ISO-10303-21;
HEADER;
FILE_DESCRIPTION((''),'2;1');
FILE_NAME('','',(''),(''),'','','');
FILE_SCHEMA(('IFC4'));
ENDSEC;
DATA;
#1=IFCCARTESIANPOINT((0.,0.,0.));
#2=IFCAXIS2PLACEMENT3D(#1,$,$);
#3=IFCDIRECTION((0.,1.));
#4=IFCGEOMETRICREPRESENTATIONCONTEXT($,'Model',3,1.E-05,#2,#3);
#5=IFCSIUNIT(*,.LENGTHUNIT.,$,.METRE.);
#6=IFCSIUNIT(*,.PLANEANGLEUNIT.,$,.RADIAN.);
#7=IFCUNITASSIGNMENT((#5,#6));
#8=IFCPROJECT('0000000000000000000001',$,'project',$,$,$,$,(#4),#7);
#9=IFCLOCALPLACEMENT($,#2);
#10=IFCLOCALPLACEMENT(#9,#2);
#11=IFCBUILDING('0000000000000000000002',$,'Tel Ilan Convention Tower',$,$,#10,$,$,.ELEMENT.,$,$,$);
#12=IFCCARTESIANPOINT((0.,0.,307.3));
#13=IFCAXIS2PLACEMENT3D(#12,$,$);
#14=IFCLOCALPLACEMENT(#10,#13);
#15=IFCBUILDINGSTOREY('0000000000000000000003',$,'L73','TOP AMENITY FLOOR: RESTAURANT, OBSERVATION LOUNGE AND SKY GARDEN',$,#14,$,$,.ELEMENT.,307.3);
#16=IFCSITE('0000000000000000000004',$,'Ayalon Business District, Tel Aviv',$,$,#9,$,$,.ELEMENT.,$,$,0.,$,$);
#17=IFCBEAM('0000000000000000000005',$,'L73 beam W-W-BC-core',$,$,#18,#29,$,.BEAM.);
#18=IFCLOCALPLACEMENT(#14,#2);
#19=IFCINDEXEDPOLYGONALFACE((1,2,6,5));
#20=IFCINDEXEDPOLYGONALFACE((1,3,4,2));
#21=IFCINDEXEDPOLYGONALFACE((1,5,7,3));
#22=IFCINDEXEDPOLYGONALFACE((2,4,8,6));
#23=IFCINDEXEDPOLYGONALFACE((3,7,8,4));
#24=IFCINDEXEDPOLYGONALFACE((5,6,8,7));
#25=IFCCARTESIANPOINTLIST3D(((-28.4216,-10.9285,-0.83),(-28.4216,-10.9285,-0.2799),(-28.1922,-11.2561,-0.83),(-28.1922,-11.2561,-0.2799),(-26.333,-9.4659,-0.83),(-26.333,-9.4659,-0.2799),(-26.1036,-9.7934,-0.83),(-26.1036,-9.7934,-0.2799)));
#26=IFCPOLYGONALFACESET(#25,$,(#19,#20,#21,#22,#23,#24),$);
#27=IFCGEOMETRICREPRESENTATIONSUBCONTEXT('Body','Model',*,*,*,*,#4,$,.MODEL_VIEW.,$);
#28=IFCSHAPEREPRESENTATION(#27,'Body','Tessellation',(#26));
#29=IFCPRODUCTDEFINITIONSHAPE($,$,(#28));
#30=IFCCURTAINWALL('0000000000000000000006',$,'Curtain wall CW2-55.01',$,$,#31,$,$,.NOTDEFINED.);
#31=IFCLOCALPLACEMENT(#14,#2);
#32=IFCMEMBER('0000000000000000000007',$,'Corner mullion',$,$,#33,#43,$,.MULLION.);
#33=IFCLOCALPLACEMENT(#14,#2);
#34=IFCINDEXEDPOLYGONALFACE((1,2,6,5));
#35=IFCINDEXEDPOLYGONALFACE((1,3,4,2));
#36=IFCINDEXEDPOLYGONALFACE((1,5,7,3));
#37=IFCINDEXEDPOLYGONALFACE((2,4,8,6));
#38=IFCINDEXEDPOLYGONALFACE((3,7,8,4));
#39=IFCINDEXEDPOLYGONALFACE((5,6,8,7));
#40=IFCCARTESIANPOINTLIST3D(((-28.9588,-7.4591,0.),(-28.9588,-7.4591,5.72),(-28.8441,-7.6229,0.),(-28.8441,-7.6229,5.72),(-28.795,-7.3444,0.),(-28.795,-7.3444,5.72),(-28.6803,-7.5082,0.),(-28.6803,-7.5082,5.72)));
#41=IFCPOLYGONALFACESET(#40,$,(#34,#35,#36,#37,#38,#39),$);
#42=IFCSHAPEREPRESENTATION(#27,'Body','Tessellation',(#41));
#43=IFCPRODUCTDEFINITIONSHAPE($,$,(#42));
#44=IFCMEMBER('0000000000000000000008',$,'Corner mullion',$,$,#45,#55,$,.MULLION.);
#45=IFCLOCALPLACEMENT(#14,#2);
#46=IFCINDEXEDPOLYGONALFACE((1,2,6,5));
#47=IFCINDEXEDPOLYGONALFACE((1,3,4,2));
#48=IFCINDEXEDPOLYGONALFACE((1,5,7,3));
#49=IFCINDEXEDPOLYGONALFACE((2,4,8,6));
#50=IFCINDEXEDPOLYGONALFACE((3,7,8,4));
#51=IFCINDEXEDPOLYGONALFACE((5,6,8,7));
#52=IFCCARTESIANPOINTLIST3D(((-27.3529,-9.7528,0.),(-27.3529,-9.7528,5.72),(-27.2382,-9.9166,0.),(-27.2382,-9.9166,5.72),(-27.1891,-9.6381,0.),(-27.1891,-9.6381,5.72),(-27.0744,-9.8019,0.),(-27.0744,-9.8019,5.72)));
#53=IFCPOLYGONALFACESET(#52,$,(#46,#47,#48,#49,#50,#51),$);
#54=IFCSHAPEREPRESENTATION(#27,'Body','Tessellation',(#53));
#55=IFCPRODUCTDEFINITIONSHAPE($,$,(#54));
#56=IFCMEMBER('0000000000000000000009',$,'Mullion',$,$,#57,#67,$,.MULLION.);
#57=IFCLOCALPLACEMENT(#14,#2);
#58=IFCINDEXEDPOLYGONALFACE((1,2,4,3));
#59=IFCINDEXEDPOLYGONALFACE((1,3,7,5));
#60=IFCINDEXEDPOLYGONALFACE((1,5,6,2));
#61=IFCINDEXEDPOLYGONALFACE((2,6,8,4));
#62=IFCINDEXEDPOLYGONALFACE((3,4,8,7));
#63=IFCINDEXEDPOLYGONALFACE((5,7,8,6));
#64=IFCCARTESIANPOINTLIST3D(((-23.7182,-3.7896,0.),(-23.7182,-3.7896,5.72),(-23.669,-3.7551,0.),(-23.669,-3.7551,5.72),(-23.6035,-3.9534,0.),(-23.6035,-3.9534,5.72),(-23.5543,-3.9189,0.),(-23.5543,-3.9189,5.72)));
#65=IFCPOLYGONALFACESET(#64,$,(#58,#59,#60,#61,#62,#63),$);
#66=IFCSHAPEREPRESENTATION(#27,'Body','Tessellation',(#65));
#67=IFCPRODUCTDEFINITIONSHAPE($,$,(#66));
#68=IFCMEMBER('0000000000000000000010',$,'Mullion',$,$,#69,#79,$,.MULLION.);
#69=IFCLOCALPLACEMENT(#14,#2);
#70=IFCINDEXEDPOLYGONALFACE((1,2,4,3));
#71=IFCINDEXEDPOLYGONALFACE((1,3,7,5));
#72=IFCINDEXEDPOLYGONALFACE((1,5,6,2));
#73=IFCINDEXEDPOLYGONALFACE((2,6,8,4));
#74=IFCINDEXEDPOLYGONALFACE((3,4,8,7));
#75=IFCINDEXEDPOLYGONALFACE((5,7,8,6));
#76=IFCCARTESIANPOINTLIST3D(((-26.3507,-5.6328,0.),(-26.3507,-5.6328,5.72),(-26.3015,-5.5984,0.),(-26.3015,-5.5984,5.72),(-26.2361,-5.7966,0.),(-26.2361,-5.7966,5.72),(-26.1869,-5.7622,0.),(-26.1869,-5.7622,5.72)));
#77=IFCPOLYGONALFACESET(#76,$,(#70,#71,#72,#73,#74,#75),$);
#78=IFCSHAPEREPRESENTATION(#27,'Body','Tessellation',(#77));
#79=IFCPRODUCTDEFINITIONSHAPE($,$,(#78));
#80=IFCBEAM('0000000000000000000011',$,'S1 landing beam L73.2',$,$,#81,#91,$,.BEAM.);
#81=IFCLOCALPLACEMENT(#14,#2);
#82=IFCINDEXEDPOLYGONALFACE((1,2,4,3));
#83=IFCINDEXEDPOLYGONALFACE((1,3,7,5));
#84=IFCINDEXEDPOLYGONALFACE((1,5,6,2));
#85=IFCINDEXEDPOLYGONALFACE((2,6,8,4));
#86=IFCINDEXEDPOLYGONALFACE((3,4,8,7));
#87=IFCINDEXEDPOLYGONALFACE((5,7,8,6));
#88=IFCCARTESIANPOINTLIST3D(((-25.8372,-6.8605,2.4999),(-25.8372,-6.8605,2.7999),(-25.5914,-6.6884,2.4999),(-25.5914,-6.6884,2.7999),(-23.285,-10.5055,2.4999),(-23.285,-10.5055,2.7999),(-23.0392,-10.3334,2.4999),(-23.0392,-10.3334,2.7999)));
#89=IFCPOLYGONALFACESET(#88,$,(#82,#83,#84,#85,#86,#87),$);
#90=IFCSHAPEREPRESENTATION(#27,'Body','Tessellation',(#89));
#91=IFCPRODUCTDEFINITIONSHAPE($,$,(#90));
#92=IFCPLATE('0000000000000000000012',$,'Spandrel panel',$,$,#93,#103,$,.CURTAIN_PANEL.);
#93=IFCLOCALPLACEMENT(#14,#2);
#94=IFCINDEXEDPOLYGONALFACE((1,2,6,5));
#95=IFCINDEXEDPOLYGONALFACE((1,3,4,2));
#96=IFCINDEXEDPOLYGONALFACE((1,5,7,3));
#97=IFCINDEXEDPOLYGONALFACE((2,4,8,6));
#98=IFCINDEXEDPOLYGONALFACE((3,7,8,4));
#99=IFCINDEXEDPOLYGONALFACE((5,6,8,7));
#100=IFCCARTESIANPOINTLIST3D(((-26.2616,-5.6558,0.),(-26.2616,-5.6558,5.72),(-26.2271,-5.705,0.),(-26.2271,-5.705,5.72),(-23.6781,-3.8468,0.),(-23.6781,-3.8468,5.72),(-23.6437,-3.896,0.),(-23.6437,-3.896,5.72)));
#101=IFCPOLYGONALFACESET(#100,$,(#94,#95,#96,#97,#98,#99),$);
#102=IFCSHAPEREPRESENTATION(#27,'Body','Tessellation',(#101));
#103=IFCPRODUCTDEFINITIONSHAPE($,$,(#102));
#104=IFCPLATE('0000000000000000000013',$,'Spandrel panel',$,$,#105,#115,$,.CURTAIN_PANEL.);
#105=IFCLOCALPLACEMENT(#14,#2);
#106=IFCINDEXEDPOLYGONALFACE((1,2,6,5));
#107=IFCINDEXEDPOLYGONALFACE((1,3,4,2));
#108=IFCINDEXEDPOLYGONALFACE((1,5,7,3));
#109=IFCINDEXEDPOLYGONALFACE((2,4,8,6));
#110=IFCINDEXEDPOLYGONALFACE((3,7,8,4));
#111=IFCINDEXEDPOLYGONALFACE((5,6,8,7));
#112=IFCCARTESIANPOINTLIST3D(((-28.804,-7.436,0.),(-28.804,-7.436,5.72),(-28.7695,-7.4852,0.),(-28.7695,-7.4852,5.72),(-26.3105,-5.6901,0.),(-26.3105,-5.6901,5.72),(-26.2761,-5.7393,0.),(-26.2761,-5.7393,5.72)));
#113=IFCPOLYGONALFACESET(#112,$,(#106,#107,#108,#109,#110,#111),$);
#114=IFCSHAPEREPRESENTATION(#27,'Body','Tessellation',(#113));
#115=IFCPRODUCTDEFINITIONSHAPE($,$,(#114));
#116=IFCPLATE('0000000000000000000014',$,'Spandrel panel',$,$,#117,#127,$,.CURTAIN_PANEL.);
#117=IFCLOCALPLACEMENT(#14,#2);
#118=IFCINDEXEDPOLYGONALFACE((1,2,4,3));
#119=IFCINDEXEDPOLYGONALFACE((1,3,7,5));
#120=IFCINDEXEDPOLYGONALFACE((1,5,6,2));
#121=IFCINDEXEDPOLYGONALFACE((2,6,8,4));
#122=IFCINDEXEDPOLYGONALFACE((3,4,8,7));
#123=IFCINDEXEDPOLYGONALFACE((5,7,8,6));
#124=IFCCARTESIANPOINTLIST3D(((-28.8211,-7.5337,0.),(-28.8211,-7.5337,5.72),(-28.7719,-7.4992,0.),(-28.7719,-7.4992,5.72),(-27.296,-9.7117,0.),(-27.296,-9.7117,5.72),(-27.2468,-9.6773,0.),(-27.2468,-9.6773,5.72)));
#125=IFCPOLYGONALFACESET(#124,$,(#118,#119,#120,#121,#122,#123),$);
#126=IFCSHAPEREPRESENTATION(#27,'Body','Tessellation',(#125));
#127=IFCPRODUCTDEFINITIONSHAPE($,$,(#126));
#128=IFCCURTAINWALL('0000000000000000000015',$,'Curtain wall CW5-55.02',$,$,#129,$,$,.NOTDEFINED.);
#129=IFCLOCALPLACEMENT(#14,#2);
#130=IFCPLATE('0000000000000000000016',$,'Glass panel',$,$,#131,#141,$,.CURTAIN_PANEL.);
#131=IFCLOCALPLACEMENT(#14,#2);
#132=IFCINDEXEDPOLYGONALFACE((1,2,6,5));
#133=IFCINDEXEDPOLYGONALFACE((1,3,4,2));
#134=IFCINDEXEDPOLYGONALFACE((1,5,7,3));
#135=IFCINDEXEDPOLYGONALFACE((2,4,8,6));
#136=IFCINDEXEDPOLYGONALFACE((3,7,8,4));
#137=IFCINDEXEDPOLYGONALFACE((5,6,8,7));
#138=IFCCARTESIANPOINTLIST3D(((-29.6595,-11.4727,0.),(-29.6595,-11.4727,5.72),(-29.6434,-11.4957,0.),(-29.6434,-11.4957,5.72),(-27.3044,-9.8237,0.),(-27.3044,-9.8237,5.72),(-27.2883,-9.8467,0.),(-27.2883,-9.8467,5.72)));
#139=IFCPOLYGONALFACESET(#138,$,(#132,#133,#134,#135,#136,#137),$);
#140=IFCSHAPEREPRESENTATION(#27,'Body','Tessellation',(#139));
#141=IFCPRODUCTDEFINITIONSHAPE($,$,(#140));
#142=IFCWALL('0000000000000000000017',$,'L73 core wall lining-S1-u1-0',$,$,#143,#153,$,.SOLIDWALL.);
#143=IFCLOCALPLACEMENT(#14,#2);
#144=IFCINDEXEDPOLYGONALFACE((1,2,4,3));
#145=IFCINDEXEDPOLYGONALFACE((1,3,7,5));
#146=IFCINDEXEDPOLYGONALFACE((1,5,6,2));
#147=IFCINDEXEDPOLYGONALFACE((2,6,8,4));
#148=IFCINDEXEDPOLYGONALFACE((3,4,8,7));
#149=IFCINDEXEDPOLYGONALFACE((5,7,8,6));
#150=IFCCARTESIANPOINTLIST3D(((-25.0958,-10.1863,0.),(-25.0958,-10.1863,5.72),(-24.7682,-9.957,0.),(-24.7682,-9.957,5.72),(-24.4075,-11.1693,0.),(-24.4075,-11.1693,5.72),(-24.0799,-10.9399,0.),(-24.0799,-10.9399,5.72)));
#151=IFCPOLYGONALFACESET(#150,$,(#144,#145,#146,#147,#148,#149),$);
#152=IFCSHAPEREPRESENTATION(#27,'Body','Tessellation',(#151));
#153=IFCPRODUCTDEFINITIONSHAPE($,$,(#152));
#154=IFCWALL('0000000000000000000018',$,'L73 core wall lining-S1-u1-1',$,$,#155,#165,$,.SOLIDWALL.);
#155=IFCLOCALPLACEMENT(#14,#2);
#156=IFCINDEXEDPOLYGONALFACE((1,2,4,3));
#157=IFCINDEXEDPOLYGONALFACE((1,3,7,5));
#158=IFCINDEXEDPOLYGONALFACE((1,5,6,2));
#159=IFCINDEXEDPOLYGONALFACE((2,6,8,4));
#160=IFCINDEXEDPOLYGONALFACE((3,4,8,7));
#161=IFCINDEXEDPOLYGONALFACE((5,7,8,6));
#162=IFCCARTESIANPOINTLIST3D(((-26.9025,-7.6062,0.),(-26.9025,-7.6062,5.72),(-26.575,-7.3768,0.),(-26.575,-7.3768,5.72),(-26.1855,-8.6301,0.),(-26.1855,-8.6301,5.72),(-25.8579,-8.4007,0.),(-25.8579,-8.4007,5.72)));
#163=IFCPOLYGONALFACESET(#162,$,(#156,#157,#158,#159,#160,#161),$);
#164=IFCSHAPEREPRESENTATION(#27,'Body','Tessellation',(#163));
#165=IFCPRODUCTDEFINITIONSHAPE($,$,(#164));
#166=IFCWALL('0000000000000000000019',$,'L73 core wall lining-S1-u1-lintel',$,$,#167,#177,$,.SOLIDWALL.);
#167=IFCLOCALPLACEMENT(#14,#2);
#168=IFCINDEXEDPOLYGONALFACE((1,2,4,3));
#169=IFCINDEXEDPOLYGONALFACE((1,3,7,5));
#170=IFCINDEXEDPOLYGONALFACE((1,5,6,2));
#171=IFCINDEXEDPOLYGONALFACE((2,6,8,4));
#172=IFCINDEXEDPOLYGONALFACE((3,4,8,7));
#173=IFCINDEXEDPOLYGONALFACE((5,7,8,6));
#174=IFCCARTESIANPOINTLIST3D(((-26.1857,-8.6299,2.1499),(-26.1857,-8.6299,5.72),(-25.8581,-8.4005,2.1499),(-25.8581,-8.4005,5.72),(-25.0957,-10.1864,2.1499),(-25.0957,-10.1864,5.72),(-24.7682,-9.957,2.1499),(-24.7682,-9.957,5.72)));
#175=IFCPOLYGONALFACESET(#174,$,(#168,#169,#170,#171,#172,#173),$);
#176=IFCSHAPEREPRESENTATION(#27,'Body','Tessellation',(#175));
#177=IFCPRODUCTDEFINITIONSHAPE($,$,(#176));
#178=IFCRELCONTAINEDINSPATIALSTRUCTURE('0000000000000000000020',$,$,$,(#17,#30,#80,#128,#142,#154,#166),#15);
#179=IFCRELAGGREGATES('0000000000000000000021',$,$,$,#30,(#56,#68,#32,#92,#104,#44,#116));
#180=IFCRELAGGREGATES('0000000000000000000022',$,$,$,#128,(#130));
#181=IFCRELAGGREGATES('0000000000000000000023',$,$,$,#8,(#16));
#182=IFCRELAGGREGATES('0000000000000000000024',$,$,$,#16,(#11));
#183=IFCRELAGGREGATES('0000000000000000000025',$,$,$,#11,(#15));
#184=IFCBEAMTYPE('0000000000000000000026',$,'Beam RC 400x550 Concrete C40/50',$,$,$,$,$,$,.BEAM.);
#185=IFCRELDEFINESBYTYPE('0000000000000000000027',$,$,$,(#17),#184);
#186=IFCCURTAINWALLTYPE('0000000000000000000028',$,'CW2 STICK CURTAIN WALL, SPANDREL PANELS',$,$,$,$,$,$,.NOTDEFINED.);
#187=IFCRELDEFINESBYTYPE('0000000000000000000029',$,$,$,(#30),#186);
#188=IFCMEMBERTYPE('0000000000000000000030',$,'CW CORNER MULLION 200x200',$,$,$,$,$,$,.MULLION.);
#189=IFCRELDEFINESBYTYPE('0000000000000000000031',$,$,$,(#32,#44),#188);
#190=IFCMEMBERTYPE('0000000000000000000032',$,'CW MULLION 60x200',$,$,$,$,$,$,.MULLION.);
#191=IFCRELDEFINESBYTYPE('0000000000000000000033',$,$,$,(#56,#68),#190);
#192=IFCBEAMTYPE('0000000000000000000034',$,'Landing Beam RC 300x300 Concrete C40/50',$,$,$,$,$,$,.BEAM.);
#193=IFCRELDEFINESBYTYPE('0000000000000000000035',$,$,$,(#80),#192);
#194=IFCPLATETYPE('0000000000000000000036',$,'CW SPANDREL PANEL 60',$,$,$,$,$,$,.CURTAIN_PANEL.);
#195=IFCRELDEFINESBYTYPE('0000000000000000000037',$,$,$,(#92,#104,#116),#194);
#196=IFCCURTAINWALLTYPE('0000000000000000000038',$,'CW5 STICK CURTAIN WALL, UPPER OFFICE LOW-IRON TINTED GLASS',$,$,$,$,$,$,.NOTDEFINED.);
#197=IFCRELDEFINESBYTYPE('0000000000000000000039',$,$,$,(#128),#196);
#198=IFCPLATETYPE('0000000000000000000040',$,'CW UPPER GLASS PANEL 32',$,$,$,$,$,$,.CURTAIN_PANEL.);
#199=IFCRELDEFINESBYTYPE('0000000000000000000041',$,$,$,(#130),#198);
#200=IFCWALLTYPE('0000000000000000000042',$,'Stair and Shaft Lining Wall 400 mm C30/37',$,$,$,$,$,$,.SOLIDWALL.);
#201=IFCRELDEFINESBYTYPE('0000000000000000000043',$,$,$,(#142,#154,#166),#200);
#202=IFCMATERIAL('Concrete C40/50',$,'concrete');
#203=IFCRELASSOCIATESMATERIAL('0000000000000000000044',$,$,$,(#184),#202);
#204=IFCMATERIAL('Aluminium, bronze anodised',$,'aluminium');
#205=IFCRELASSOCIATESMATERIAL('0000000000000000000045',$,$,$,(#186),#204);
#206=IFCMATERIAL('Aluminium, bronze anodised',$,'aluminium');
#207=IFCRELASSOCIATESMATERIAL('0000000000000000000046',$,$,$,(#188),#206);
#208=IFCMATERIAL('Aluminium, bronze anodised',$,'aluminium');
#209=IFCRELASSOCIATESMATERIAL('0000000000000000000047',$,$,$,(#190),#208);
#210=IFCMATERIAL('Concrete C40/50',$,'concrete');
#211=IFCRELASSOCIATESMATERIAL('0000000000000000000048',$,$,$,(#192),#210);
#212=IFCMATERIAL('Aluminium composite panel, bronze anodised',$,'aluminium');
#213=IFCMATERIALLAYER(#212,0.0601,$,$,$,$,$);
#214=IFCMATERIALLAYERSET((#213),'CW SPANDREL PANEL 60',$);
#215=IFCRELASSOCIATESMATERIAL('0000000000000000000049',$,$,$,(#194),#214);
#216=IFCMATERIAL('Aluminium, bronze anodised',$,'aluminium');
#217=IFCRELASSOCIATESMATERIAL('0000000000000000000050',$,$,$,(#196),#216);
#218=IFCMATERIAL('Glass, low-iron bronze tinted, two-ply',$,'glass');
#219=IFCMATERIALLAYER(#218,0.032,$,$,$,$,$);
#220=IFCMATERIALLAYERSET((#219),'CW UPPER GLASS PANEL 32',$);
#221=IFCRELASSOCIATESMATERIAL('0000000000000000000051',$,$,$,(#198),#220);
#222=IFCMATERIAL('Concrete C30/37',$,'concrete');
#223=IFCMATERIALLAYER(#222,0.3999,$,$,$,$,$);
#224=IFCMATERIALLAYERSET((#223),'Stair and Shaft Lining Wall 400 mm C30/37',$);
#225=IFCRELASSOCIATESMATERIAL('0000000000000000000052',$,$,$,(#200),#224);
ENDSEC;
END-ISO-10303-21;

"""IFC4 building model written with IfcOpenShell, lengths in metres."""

from ifc_helpers import new_model, si_unit, direction, frame, frame_2d, origin, origin_2d, place, context, subcontext, project, spatial, rectangle, extrude, material, layer, layer_set, material_profile, profile_set, type_object, element, aggregate, save


model = new_model("IFC4")

# Units and contexts
model_context = context("Model", 3, precision=1e-05, world=origin(), true_north=direction((0.0, 1.0)))
body_context = subcontext(model_context, "Body", "Model", "MODEL_VIEW")
ifc_project = project(units=[si_unit("LENGTHUNIT", "METRE"), si_unit("PLANEANGLEUNIT", "RADIAN")], contexts=[model_context])

# Site, building, storey
site_placement = place(None, origin())
site = spatial("IfcSite", under=ifc_project, at=site_placement, Name="Ayalon Business District, Tel Aviv", CompositionType="ELEMENT", RefElevation=0.0)
building_placement = place(site_placement, origin())
building = spatial("IfcBuilding", under=site, at=building_placement, Name="Tel Ilan Convention Tower", CompositionType="ELEMENT")
storey_placement = place(building_placement, frame((0.0, 0.0, 307.3)))
storey = spatial("IfcBuildingStorey", under=building, at=storey_placement, Name="L73", Description="TOP AMENITY FLOOR: RESTAURANT, OBSERVATION LOUNGE AND SKY GARDEN", CompositionType="ELEMENT", Elevation=307.3)

# Beam
ifc_material_1 = material(Name="Concrete C40/50", Category="concrete")
ifc_material_profile_1 = material_profile(ifc_material_1, rectangle(XDim=0.3999, YDim=0.55, at=origin_2d()), Name="RC 400x550")
ifc_profile_set_1 = profile_set([ifc_material_profile_1], Name="Concrete C40/50")
beam_type_1 = type_object("IfcBeamType", Name="Beam RC 400x550 Concrete C40/50", PredefinedType="BEAM", material=ifc_profile_set_1)
beam_1_placement = place(storey_placement, frame((-28.3069, -11.0923, -0.5549), z_axis=(0.819119, 0.573623, 0.0), x_axis=(-0.573623, 0.819119, 0.0)))
element("IfcBeam", 1, at=beam_1_placement, inside=storey, type_object=beam_type_1, Name="L73 beam W-W-BC-core", PredefinedType="BEAM", context=body_context, shape_type="SweptSolid", body=[
    extrude(rectangle(XDim=0.3999, YDim=0.55, at=origin_2d()), origin(), (0.0, 0.0, 1.0), 2.5498),
])

# Curtain wall, members
ifc_material_2 = material(Name="Aluminium, bronze anodised", Category="aluminium")
curtain_wall_type_1 = type_object("IfcCurtainWallType", Name="CW2 STICK CURTAIN WALL, SPANDREL PANELS", PredefinedType="NOTDEFINED", material=ifc_material_2)
curtain_wall_1_placement = place(storey_placement, origin())
curtain_wall_1 = element("IfcCurtainWall", 2, at=curtain_wall_1_placement, inside=storey, type_object=curtain_wall_type_1, Name="Curtain wall CW2-55.01", PredefinedType="NOTDEFINED")
ifc_material_3 = material(Name="Aluminium, bronze anodised", Category="aluminium")
ifc_material_profile_2 = material_profile(ifc_material_3, rectangle(XDim=0.2, YDim=0.2, at=origin_2d()), Name="CW CORNER MULLION 200x200")
ifc_profile_set_2 = profile_set([ifc_material_profile_2], Name="Aluminium, bronze anodised")
member_type_1 = type_object("IfcMemberType", Name="CW CORNER MULLION 200x200", PredefinedType="MULLION", material=ifc_profile_set_2)
member_1_placement = place(storey_placement, frame((-28.8196, -7.4836, 0.0), z_axis=(0.0, 0.0, 1.0), x_axis=(-0.819152, -0.573576, 0.0)))
member_1 = element("IfcMember", 3, at=member_1_placement, type_object=member_type_1, Name="Corner mullion", PredefinedType="MULLION", context=body_context, shape_type="SweptSolid", body=[
    extrude(rectangle(XDim=0.2, YDim=0.2, at=origin_2d()), origin(), (0.0, 0.0, 1.0), 5.72),
])
member_2_placement = place(storey_placement, frame((-27.2136, -9.7773, 0.0), z_axis=(0.0, 0.0, 1.0), x_axis=(0.573576, -0.819152, 0.0)))
member_2 = element("IfcMember", 4, at=member_2_placement, type_object=member_type_1, Name="Corner mullion", PredefinedType="MULLION", context=body_context, shape_type="SweptSolid", body=[
    extrude(rectangle(XDim=0.2, YDim=0.2, at=origin_2d()), origin(), (0.0, 0.0, 1.0), 5.72),
])
ifc_material_4 = material(Name="Aluminium, bronze anodised", Category="aluminium")
ifc_material_profile_3 = material_profile(ifc_material_4, rectangle(XDim=0.0601, YDim=0.2, at=origin_2d()), Name="CW MULLION 60x200")
ifc_profile_set_3 = profile_set([ifc_material_profile_3], Name="Aluminium, bronze anodised")
member_type_2 = type_object("IfcMemberType", Name="CW MULLION 60x200", PredefinedType="MULLION", material=ifc_profile_set_3)
member_3_placement = place(storey_placement, frame((-23.6362, -3.8542, 0.0), z_axis=(0.0, 0.0, 1.0), x_axis=(-0.819152, -0.573576, 0.0)))
member_3 = element("IfcMember", 5, at=member_3_placement, type_object=member_type_2, Name="Mullion", PredefinedType="MULLION", context=body_context, shape_type="SweptSolid", body=[
    extrude(rectangle(XDim=0.0601, YDim=0.2, at=origin_2d()), origin(), (0.0, 0.0, 1.0), 5.72),
])
member_4_placement = place(storey_placement, frame((-26.2688, -5.6975, 0.0), z_axis=(0.0, 0.0, 1.0), x_axis=(-0.819152, -0.573576, 0.0)))
member_4 = element("IfcMember", 6, at=member_4_placement, type_object=member_type_2, Name="Mullion", PredefinedType="MULLION", context=body_context, shape_type="SweptSolid", body=[
    extrude(rectangle(XDim=0.0601, YDim=0.2, at=origin_2d()), origin(), (0.0, 0.0, 1.0), 5.72),
])

# Beam
ifc_material_5 = material(Name="Concrete C40/50", Category="concrete")
ifc_material_profile_4 = material_profile(ifc_material_5, rectangle(XDim=0.3, YDim=0.3, at=origin_2d()), Name="RC 300x300")
ifc_profile_set_4 = profile_set([ifc_material_profile_4], Name="Concrete C40/50")
beam_type_2 = type_object("IfcBeamType", Name="Landing Beam RC 300x300 Concrete C40/50", PredefinedType="BEAM", material=ifc_profile_set_4)
beam_2_placement = place(storey_placement, frame((-23.1621, -10.4194, 2.6499), z_axis=(-0.573573, 0.819155, 0.0), x_axis=(-0.819155, -0.573573, 0.0)))
element("IfcBeam", 7, at=beam_2_placement, inside=storey, type_object=beam_type_2, Name="S1 landing beam L73.2", PredefinedType="BEAM", context=body_context, shape_type="SweptSolid", body=[
    extrude(rectangle(XDim=0.3, YDim=0.3, at=origin_2d()), origin(), (0.0, 0.0, 1.0), 4.4497),
])

# Plates
ifc_material_6 = material(Name="Aluminium composite panel, bronze anodised", Category="aluminium")
ifc_layer_1 = layer(ifc_material_6, 0.0601)
ifc_layer_set_1 = layer_set([ifc_layer_1], Name="CW SPANDREL PANEL 60")
plate_type_1 = type_object("IfcPlateType", Name="CW SPANDREL PANEL 60", PredefinedType="CURTAIN_PANEL", material=ifc_layer_set_1)
plate_1_placement = place(storey_placement, frame((-24.9526, -4.7759, 0.0), z_axis=(0.0, 0.0, 1.0), x_axis=(-0.819152, -0.573576, 0.0)))
plate_1 = element("IfcPlate", 8, at=plate_1_placement, type_object=plate_type_1, Name="Spandrel panel", PredefinedType="CURTAIN_PANEL", context=body_context, shape_type="SweptSolid", body=[
    extrude(rectangle(XDim=3.1538, YDim=0.0601, at=origin_2d()), origin(), (0.0, 0.0, 1.0), 5.72),
])
plate_2_placement = place(storey_placement, frame((-27.54, -6.5876, 0.0), z_axis=(0.0, 0.0, 1.0), x_axis=(-0.819152, -0.573576, 0.0)))
plate_2 = element("IfcPlate", 9, at=plate_2_placement, type_object=plate_type_1, Name="Spandrel panel", PredefinedType="CURTAIN_PANEL", context=body_context, shape_type="SweptSolid", body=[
    extrude(rectangle(XDim=3.0439, YDim=0.0601, at=origin_2d()), origin(), (0.0, 0.0, 1.0), 5.72),
])
plate_3_placement = place(storey_placement, frame((-28.0339, -8.6055, 0.0), z_axis=(0.0, 0.0, 1.0), x_axis=(0.573576, -0.819152, 0.0)))
plate_3 = element("IfcPlate", 10, at=plate_3_placement, type_object=plate_type_1, Name="Spandrel panel", PredefinedType="CURTAIN_PANEL", context=body_context, shape_type="SweptSolid", body=[
    extrude(rectangle(XDim=2.6589, YDim=0.0601, at=origin_2d()), origin(), (0.0, 0.0, 1.0), 5.72),
])
aggregate(curtain_wall_1, [member_3, member_4, member_1, plate_1, plate_2, member_2, plate_3])

# Curtain wall, plate
ifc_material_7 = material(Name="Aluminium, bronze anodised", Category="aluminium")
curtain_wall_type_2 = type_object("IfcCurtainWallType", Name="CW5 STICK CURTAIN WALL, UPPER OFFICE LOW-IRON TINTED GLASS", PredefinedType="NOTDEFINED", material=ifc_material_7)
curtain_wall_2_placement = place(storey_placement, origin())
curtain_wall_2 = element("IfcCurtainWall", 11, at=curtain_wall_2_placement, inside=storey, type_object=curtain_wall_type_2, Name="Curtain wall CW5-55.02", PredefinedType="NOTDEFINED")
ifc_material_8 = material(Name="Glass, low-iron bronze tinted, two-ply", Category="glass")
ifc_layer_2 = layer(ifc_material_8, 0.032)
ifc_layer_set_2 = layer_set([ifc_layer_2], Name="CW UPPER GLASS PANEL 32")
plate_type_2 = type_object("IfcPlateType", Name="CW UPPER GLASS PANEL 32", PredefinedType="CURTAIN_PANEL", material=ifc_layer_set_2)
plate_4_placement = place(storey_placement, frame((-28.4739, -10.6597, 0.0), z_axis=(0.0, 0.0, 1.0), x_axis=(-0.819152, -0.573576, 0.0)))
plate_4 = element("IfcPlate", 12, at=plate_4_placement, type_object=plate_type_2, Name="Glass panel", PredefinedType="CURTAIN_PANEL", context=body_context, shape_type="SweptSolid", body=[
    extrude(rectangle(XDim=2.875, YDim=0.0281, at=origin_2d()), origin(), (0.0, 0.0, 1.0), 5.72),
])
aggregate(curtain_wall_2, [plate_4])

# Walls
ifc_material_9 = material(Name="Concrete C30/37", Category="concrete")
ifc_layer_3 = layer(ifc_material_9, 0.3999)
ifc_layer_set_3 = layer_set([ifc_layer_3], Name="Stair and Shaft Lining Wall 400 mm C30/37")
wall_type = type_object("IfcWallType", Name="Stair and Shaft Lining Wall 400 mm C30/37", PredefinedType="SOLIDWALL", material=ifc_layer_set_3)
wall_1_placement = place(storey_placement, frame((-24.2437, -11.0547, 0.0), z_axis=(0.0, 0.0, 1.0), x_axis=(-0.573572, 0.819155, 0.0)))
element("IfcWall", 13, at=wall_1_placement, inside=storey, type_object=wall_type, Name="L73 core wall lining-S1-u1-0", PredefinedType="SOLIDWALL", context=body_context, shape_type="SweptSolid", body=[
    extrude(rectangle(XDim=1.2, YDim=0.3999, at=frame_2d((0.6001, 0.0))), origin(), (0.0, 0.0, 1.0), 5.72),
])
wall_2_placement = place(storey_placement, frame((-26.0217, -8.5154, 0.0), z_axis=(0.0, 0.0, 1.0), x_axis=(-0.57362, 0.819122, 0.0)))
element("IfcWall", 14, at=wall_2_placement, inside=storey, type_object=wall_type, Name="L73 core wall lining-S1-u1-1", PredefinedType="SOLIDWALL", context=body_context, shape_type="SweptSolid", body=[
    extrude(rectangle(XDim=1.25, YDim=0.3999, at=frame_2d((0.625, 0.0))), origin(), (0.0, 0.0, 1.0), 5.72),
])
wall_3_placement = place(storey_placement, frame((-24.9319, -10.0718, 2.1499), z_axis=(0.0, 0.0, 1.0), x_axis=(-0.573592, 0.819141, 0.0)))
element("IfcWall", 15, at=wall_3_placement, inside=storey, type_object=wall_type, Name="L73 core wall lining-S1-u1-lintel", PredefinedType="SOLIDWALL", context=body_context, shape_type="SweptSolid", body=[
    extrude(rectangle(XDim=1.9001, YDim=0.3999, at=frame_2d((0.9502, 0.0))), origin(), (0.0, 0.0, 1.0), 3.5701),
])

save(model, "model.ifc")
